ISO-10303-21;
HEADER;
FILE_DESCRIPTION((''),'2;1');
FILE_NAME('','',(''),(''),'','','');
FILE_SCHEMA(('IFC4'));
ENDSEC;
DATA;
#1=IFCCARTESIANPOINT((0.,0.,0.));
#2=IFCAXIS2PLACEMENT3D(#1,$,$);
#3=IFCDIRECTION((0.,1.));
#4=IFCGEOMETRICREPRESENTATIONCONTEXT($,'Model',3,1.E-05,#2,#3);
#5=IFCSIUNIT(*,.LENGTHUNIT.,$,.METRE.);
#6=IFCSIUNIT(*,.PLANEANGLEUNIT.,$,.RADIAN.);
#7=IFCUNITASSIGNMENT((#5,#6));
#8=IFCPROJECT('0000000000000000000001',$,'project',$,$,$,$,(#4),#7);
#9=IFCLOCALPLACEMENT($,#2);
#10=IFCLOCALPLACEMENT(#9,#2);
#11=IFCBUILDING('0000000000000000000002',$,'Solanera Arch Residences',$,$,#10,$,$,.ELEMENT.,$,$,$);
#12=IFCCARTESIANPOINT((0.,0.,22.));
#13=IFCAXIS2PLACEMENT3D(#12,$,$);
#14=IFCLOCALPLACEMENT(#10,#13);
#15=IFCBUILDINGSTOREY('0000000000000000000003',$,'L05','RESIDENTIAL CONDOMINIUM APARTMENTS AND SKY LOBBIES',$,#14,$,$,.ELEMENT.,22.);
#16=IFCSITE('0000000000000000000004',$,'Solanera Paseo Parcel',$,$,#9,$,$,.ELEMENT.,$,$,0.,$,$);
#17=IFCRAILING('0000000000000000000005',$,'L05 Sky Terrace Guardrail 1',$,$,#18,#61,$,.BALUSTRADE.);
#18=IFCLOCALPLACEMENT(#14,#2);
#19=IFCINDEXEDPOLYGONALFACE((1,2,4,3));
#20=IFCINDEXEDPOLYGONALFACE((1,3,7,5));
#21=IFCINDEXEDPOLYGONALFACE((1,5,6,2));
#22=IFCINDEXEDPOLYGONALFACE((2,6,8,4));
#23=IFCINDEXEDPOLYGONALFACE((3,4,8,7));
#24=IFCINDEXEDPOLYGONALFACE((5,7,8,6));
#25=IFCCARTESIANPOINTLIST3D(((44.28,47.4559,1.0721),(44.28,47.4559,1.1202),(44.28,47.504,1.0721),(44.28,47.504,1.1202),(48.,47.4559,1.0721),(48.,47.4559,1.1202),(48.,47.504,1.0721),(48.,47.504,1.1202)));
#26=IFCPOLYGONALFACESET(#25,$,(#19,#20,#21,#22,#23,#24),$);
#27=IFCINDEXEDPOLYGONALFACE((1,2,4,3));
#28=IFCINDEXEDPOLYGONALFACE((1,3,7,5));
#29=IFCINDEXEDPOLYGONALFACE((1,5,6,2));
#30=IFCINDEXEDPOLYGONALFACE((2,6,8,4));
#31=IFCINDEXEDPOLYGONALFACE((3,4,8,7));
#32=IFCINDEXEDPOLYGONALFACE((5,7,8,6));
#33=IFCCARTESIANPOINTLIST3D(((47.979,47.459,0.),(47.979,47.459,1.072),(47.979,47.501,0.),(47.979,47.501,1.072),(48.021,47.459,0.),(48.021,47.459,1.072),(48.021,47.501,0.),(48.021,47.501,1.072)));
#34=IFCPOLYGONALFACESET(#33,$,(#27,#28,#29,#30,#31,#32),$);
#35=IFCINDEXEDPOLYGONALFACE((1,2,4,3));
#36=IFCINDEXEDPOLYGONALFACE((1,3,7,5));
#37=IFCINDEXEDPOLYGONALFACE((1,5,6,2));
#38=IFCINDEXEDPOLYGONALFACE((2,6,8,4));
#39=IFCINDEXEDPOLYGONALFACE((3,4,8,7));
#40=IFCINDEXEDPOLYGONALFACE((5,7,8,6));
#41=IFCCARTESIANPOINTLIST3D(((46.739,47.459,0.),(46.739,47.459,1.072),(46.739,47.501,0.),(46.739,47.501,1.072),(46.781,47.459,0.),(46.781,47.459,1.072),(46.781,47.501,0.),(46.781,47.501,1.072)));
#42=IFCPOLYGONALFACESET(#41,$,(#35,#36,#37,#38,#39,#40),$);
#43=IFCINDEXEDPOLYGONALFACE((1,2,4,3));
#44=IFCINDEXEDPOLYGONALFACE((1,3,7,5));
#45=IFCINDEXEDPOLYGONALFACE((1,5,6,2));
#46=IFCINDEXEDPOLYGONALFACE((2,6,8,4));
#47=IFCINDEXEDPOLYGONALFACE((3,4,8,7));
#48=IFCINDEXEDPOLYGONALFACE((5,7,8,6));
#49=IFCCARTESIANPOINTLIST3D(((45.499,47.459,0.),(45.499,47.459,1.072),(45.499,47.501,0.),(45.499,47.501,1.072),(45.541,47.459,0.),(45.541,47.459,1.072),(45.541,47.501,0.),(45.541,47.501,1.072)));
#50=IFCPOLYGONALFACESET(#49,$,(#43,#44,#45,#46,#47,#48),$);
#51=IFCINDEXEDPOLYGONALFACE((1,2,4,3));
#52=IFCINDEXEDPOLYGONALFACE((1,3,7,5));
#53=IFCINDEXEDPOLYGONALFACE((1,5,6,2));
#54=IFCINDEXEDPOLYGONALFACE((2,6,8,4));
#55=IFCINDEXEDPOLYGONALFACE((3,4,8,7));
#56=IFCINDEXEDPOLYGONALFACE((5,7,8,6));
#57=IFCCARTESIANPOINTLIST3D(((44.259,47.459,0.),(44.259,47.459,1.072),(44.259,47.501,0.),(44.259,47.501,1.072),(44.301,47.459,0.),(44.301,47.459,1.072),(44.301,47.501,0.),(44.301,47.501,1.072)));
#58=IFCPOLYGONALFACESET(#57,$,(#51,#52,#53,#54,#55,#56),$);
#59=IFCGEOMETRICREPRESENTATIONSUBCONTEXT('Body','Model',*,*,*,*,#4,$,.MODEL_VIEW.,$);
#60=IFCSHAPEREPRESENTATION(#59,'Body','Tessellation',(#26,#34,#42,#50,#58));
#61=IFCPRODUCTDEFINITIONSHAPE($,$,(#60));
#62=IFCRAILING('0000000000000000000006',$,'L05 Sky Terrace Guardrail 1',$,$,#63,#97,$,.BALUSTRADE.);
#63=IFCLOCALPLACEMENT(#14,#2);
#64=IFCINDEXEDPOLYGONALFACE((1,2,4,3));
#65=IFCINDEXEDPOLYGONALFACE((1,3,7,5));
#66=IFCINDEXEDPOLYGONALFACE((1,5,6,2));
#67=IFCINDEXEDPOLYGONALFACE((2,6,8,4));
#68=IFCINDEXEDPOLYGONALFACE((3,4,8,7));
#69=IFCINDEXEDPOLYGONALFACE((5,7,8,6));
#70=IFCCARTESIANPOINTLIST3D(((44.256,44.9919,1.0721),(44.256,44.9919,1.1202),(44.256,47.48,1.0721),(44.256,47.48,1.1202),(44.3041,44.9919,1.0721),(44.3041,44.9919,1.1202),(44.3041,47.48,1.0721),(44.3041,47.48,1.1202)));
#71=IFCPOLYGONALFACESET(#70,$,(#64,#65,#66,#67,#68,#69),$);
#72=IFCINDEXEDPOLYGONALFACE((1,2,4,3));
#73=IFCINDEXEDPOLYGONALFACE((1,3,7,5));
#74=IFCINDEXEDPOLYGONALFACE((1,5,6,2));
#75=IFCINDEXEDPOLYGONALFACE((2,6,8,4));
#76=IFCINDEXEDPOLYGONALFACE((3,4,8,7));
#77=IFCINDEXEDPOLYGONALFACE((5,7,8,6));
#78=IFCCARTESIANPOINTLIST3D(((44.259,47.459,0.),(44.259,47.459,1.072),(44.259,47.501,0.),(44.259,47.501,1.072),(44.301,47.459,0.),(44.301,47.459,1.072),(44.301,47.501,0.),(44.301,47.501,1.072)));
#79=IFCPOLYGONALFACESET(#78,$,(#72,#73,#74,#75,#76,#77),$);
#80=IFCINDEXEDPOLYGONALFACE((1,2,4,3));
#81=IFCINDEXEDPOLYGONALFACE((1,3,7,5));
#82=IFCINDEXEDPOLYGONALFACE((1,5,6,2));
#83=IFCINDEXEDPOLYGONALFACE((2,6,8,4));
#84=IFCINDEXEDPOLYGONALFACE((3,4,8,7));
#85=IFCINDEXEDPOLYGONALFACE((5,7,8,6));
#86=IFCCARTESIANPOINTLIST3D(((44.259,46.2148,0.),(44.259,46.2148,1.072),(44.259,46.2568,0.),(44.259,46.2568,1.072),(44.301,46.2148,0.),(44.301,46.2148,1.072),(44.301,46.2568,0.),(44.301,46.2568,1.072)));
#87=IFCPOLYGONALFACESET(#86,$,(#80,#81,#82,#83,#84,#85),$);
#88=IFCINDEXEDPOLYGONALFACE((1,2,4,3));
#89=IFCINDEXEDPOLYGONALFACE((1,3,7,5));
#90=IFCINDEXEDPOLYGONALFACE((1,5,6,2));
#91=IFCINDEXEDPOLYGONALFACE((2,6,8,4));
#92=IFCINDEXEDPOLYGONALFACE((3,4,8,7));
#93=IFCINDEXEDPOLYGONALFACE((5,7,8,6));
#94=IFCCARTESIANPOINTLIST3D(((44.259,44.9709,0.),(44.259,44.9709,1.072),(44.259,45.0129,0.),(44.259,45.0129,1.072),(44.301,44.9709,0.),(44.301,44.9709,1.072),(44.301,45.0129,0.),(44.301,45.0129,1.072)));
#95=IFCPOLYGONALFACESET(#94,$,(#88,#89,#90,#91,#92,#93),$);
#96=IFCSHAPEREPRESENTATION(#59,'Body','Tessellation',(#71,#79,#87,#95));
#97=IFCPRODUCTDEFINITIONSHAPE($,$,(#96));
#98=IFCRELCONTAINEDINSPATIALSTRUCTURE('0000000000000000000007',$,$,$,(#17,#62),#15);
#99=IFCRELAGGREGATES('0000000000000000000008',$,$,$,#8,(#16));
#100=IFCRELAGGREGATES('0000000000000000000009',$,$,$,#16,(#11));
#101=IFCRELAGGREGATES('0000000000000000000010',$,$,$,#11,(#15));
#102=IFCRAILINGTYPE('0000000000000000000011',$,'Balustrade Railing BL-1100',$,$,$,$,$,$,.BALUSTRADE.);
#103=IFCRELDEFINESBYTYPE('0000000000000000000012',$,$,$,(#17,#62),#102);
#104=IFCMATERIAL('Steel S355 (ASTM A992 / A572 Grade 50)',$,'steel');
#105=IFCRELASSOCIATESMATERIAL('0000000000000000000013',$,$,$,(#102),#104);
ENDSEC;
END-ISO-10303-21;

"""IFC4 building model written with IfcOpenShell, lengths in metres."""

from ifc_helpers import new_model, si_unit, direction, frame, origin, origin_2d, place, context, subcontext, project, spatial, rectangle, extrude, material, type_object, element, save


model = new_model("IFC4")

# Units and contexts
model_context = context("Model", 3, precision=1e-05, world=origin(), true_north=direction((0.0, 1.0)))
body_context = subcontext(model_context, "Body", "Model", "MODEL_VIEW")
ifc_project = project(units=[si_unit("LENGTHUNIT", "METRE"), si_unit("PLANEANGLEUNIT", "RADIAN")], contexts=[model_context])

# Site, building, storey
site_placement = place(None, origin())
site = spatial("IfcSite", under=ifc_project, at=site_placement, Name="Solanera Paseo Parcel", CompositionType="ELEMENT", RefElevation=0.0)
building_placement = place(site_placement, origin())
building = spatial("IfcBuilding", under=site, at=building_placement, Name="Solanera Arch Residences", CompositionType="ELEMENT")
storey_placement = place(building_placement, frame((0.0, 0.0, 22.0)))
storey = spatial("IfcBuildingStorey", under=building, at=storey_placement, Name="L05", Description="RESIDENTIAL CONDOMINIUM APARTMENTS AND SKY LOBBIES", CompositionType="ELEMENT", Elevation=22.0)

# Railings
ifc_material_1 = material(Name="Steel S355 (ASTM A992 / A572 Grade 50)", Category="steel")
railing_type = type_object("IfcRailingType", Name="Balustrade Railing BL-1100", PredefinedType="BALUSTRADE", material=ifc_material_1)
railing_1_placement = place(storey_placement, frame((48.0, 47.48, 0.0)))
element("IfcRailing", 1, at=railing_1_placement, inside=storey, type_object=railing_type, Name="L05 Sky Terrace Guardrail 1", PredefinedType="BALUSTRADE", context=body_context, shape_type="SweptSolid", body=[
    extrude(rectangle(XDim=0.0481, YDim=0.0481, at=origin_2d()), frame((0.0, 0.0, 1.0962), z_axis=(-1.0, 0.0, 0.0), x_axis=(0.0, -1.0, 0.0)), (0.0, 0.0, 1.0), 3.72),
    extrude(rectangle(XDim=0.042, YDim=0.042, at=origin_2d()), origin(), (0.0, 0.0, 1.0), 1.072),
    extrude(rectangle(XDim=0.042, YDim=0.042, at=origin_2d()), frame((-1.24, 0.0, 0.0)), (0.0, 0.0, 1.0), 1.072),
    extrude(rectangle(XDim=0.042, YDim=0.042, at=origin_2d()), frame((-2.48, 0.0, 0.0)), (0.0, 0.0, 1.0), 1.072),
    extrude(rectangle(XDim=0.042, YDim=0.042, at=origin_2d()), frame((-3.72, 0.0, 0.0)), (0.0, 0.0, 1.0), 1.072),
])
railing_2_placement = place(storey_placement, frame((44.28, 47.48, 0.0)))
element("IfcRailing", 2, at=railing_2_placement, inside=storey, type_object=railing_type, Name="L05 Sky Terrace Guardrail 1", PredefinedType="BALUSTRADE", context=body_context, shape_type="SweptSolid", body=[
    extrude(rectangle(XDim=0.0481, YDim=0.0481, at=origin_2d()), frame((0.0, 0.0, 1.0962), z_axis=(0.0, -1.0, 0.0), x_axis=(1.0, 0.0, 0.0)), (0.0, 0.0, 1.0), 2.488),
    extrude(rectangle(XDim=0.042, YDim=0.042, at=origin_2d()), origin(), (0.0, 0.0, 1.0), 1.072),
    extrude(rectangle(XDim=0.042, YDim=0.042, at=origin_2d()), frame((0.0, -1.2441, 0.0)), (0.0, 0.0, 1.0), 1.072),
    extrude(rectangle(XDim=0.042, YDim=0.042, at=origin_2d()), frame((0.0, -2.488, 0.0)), (0.0, 0.0, 1.0), 1.072),
])

save(model, "model.ifc")
